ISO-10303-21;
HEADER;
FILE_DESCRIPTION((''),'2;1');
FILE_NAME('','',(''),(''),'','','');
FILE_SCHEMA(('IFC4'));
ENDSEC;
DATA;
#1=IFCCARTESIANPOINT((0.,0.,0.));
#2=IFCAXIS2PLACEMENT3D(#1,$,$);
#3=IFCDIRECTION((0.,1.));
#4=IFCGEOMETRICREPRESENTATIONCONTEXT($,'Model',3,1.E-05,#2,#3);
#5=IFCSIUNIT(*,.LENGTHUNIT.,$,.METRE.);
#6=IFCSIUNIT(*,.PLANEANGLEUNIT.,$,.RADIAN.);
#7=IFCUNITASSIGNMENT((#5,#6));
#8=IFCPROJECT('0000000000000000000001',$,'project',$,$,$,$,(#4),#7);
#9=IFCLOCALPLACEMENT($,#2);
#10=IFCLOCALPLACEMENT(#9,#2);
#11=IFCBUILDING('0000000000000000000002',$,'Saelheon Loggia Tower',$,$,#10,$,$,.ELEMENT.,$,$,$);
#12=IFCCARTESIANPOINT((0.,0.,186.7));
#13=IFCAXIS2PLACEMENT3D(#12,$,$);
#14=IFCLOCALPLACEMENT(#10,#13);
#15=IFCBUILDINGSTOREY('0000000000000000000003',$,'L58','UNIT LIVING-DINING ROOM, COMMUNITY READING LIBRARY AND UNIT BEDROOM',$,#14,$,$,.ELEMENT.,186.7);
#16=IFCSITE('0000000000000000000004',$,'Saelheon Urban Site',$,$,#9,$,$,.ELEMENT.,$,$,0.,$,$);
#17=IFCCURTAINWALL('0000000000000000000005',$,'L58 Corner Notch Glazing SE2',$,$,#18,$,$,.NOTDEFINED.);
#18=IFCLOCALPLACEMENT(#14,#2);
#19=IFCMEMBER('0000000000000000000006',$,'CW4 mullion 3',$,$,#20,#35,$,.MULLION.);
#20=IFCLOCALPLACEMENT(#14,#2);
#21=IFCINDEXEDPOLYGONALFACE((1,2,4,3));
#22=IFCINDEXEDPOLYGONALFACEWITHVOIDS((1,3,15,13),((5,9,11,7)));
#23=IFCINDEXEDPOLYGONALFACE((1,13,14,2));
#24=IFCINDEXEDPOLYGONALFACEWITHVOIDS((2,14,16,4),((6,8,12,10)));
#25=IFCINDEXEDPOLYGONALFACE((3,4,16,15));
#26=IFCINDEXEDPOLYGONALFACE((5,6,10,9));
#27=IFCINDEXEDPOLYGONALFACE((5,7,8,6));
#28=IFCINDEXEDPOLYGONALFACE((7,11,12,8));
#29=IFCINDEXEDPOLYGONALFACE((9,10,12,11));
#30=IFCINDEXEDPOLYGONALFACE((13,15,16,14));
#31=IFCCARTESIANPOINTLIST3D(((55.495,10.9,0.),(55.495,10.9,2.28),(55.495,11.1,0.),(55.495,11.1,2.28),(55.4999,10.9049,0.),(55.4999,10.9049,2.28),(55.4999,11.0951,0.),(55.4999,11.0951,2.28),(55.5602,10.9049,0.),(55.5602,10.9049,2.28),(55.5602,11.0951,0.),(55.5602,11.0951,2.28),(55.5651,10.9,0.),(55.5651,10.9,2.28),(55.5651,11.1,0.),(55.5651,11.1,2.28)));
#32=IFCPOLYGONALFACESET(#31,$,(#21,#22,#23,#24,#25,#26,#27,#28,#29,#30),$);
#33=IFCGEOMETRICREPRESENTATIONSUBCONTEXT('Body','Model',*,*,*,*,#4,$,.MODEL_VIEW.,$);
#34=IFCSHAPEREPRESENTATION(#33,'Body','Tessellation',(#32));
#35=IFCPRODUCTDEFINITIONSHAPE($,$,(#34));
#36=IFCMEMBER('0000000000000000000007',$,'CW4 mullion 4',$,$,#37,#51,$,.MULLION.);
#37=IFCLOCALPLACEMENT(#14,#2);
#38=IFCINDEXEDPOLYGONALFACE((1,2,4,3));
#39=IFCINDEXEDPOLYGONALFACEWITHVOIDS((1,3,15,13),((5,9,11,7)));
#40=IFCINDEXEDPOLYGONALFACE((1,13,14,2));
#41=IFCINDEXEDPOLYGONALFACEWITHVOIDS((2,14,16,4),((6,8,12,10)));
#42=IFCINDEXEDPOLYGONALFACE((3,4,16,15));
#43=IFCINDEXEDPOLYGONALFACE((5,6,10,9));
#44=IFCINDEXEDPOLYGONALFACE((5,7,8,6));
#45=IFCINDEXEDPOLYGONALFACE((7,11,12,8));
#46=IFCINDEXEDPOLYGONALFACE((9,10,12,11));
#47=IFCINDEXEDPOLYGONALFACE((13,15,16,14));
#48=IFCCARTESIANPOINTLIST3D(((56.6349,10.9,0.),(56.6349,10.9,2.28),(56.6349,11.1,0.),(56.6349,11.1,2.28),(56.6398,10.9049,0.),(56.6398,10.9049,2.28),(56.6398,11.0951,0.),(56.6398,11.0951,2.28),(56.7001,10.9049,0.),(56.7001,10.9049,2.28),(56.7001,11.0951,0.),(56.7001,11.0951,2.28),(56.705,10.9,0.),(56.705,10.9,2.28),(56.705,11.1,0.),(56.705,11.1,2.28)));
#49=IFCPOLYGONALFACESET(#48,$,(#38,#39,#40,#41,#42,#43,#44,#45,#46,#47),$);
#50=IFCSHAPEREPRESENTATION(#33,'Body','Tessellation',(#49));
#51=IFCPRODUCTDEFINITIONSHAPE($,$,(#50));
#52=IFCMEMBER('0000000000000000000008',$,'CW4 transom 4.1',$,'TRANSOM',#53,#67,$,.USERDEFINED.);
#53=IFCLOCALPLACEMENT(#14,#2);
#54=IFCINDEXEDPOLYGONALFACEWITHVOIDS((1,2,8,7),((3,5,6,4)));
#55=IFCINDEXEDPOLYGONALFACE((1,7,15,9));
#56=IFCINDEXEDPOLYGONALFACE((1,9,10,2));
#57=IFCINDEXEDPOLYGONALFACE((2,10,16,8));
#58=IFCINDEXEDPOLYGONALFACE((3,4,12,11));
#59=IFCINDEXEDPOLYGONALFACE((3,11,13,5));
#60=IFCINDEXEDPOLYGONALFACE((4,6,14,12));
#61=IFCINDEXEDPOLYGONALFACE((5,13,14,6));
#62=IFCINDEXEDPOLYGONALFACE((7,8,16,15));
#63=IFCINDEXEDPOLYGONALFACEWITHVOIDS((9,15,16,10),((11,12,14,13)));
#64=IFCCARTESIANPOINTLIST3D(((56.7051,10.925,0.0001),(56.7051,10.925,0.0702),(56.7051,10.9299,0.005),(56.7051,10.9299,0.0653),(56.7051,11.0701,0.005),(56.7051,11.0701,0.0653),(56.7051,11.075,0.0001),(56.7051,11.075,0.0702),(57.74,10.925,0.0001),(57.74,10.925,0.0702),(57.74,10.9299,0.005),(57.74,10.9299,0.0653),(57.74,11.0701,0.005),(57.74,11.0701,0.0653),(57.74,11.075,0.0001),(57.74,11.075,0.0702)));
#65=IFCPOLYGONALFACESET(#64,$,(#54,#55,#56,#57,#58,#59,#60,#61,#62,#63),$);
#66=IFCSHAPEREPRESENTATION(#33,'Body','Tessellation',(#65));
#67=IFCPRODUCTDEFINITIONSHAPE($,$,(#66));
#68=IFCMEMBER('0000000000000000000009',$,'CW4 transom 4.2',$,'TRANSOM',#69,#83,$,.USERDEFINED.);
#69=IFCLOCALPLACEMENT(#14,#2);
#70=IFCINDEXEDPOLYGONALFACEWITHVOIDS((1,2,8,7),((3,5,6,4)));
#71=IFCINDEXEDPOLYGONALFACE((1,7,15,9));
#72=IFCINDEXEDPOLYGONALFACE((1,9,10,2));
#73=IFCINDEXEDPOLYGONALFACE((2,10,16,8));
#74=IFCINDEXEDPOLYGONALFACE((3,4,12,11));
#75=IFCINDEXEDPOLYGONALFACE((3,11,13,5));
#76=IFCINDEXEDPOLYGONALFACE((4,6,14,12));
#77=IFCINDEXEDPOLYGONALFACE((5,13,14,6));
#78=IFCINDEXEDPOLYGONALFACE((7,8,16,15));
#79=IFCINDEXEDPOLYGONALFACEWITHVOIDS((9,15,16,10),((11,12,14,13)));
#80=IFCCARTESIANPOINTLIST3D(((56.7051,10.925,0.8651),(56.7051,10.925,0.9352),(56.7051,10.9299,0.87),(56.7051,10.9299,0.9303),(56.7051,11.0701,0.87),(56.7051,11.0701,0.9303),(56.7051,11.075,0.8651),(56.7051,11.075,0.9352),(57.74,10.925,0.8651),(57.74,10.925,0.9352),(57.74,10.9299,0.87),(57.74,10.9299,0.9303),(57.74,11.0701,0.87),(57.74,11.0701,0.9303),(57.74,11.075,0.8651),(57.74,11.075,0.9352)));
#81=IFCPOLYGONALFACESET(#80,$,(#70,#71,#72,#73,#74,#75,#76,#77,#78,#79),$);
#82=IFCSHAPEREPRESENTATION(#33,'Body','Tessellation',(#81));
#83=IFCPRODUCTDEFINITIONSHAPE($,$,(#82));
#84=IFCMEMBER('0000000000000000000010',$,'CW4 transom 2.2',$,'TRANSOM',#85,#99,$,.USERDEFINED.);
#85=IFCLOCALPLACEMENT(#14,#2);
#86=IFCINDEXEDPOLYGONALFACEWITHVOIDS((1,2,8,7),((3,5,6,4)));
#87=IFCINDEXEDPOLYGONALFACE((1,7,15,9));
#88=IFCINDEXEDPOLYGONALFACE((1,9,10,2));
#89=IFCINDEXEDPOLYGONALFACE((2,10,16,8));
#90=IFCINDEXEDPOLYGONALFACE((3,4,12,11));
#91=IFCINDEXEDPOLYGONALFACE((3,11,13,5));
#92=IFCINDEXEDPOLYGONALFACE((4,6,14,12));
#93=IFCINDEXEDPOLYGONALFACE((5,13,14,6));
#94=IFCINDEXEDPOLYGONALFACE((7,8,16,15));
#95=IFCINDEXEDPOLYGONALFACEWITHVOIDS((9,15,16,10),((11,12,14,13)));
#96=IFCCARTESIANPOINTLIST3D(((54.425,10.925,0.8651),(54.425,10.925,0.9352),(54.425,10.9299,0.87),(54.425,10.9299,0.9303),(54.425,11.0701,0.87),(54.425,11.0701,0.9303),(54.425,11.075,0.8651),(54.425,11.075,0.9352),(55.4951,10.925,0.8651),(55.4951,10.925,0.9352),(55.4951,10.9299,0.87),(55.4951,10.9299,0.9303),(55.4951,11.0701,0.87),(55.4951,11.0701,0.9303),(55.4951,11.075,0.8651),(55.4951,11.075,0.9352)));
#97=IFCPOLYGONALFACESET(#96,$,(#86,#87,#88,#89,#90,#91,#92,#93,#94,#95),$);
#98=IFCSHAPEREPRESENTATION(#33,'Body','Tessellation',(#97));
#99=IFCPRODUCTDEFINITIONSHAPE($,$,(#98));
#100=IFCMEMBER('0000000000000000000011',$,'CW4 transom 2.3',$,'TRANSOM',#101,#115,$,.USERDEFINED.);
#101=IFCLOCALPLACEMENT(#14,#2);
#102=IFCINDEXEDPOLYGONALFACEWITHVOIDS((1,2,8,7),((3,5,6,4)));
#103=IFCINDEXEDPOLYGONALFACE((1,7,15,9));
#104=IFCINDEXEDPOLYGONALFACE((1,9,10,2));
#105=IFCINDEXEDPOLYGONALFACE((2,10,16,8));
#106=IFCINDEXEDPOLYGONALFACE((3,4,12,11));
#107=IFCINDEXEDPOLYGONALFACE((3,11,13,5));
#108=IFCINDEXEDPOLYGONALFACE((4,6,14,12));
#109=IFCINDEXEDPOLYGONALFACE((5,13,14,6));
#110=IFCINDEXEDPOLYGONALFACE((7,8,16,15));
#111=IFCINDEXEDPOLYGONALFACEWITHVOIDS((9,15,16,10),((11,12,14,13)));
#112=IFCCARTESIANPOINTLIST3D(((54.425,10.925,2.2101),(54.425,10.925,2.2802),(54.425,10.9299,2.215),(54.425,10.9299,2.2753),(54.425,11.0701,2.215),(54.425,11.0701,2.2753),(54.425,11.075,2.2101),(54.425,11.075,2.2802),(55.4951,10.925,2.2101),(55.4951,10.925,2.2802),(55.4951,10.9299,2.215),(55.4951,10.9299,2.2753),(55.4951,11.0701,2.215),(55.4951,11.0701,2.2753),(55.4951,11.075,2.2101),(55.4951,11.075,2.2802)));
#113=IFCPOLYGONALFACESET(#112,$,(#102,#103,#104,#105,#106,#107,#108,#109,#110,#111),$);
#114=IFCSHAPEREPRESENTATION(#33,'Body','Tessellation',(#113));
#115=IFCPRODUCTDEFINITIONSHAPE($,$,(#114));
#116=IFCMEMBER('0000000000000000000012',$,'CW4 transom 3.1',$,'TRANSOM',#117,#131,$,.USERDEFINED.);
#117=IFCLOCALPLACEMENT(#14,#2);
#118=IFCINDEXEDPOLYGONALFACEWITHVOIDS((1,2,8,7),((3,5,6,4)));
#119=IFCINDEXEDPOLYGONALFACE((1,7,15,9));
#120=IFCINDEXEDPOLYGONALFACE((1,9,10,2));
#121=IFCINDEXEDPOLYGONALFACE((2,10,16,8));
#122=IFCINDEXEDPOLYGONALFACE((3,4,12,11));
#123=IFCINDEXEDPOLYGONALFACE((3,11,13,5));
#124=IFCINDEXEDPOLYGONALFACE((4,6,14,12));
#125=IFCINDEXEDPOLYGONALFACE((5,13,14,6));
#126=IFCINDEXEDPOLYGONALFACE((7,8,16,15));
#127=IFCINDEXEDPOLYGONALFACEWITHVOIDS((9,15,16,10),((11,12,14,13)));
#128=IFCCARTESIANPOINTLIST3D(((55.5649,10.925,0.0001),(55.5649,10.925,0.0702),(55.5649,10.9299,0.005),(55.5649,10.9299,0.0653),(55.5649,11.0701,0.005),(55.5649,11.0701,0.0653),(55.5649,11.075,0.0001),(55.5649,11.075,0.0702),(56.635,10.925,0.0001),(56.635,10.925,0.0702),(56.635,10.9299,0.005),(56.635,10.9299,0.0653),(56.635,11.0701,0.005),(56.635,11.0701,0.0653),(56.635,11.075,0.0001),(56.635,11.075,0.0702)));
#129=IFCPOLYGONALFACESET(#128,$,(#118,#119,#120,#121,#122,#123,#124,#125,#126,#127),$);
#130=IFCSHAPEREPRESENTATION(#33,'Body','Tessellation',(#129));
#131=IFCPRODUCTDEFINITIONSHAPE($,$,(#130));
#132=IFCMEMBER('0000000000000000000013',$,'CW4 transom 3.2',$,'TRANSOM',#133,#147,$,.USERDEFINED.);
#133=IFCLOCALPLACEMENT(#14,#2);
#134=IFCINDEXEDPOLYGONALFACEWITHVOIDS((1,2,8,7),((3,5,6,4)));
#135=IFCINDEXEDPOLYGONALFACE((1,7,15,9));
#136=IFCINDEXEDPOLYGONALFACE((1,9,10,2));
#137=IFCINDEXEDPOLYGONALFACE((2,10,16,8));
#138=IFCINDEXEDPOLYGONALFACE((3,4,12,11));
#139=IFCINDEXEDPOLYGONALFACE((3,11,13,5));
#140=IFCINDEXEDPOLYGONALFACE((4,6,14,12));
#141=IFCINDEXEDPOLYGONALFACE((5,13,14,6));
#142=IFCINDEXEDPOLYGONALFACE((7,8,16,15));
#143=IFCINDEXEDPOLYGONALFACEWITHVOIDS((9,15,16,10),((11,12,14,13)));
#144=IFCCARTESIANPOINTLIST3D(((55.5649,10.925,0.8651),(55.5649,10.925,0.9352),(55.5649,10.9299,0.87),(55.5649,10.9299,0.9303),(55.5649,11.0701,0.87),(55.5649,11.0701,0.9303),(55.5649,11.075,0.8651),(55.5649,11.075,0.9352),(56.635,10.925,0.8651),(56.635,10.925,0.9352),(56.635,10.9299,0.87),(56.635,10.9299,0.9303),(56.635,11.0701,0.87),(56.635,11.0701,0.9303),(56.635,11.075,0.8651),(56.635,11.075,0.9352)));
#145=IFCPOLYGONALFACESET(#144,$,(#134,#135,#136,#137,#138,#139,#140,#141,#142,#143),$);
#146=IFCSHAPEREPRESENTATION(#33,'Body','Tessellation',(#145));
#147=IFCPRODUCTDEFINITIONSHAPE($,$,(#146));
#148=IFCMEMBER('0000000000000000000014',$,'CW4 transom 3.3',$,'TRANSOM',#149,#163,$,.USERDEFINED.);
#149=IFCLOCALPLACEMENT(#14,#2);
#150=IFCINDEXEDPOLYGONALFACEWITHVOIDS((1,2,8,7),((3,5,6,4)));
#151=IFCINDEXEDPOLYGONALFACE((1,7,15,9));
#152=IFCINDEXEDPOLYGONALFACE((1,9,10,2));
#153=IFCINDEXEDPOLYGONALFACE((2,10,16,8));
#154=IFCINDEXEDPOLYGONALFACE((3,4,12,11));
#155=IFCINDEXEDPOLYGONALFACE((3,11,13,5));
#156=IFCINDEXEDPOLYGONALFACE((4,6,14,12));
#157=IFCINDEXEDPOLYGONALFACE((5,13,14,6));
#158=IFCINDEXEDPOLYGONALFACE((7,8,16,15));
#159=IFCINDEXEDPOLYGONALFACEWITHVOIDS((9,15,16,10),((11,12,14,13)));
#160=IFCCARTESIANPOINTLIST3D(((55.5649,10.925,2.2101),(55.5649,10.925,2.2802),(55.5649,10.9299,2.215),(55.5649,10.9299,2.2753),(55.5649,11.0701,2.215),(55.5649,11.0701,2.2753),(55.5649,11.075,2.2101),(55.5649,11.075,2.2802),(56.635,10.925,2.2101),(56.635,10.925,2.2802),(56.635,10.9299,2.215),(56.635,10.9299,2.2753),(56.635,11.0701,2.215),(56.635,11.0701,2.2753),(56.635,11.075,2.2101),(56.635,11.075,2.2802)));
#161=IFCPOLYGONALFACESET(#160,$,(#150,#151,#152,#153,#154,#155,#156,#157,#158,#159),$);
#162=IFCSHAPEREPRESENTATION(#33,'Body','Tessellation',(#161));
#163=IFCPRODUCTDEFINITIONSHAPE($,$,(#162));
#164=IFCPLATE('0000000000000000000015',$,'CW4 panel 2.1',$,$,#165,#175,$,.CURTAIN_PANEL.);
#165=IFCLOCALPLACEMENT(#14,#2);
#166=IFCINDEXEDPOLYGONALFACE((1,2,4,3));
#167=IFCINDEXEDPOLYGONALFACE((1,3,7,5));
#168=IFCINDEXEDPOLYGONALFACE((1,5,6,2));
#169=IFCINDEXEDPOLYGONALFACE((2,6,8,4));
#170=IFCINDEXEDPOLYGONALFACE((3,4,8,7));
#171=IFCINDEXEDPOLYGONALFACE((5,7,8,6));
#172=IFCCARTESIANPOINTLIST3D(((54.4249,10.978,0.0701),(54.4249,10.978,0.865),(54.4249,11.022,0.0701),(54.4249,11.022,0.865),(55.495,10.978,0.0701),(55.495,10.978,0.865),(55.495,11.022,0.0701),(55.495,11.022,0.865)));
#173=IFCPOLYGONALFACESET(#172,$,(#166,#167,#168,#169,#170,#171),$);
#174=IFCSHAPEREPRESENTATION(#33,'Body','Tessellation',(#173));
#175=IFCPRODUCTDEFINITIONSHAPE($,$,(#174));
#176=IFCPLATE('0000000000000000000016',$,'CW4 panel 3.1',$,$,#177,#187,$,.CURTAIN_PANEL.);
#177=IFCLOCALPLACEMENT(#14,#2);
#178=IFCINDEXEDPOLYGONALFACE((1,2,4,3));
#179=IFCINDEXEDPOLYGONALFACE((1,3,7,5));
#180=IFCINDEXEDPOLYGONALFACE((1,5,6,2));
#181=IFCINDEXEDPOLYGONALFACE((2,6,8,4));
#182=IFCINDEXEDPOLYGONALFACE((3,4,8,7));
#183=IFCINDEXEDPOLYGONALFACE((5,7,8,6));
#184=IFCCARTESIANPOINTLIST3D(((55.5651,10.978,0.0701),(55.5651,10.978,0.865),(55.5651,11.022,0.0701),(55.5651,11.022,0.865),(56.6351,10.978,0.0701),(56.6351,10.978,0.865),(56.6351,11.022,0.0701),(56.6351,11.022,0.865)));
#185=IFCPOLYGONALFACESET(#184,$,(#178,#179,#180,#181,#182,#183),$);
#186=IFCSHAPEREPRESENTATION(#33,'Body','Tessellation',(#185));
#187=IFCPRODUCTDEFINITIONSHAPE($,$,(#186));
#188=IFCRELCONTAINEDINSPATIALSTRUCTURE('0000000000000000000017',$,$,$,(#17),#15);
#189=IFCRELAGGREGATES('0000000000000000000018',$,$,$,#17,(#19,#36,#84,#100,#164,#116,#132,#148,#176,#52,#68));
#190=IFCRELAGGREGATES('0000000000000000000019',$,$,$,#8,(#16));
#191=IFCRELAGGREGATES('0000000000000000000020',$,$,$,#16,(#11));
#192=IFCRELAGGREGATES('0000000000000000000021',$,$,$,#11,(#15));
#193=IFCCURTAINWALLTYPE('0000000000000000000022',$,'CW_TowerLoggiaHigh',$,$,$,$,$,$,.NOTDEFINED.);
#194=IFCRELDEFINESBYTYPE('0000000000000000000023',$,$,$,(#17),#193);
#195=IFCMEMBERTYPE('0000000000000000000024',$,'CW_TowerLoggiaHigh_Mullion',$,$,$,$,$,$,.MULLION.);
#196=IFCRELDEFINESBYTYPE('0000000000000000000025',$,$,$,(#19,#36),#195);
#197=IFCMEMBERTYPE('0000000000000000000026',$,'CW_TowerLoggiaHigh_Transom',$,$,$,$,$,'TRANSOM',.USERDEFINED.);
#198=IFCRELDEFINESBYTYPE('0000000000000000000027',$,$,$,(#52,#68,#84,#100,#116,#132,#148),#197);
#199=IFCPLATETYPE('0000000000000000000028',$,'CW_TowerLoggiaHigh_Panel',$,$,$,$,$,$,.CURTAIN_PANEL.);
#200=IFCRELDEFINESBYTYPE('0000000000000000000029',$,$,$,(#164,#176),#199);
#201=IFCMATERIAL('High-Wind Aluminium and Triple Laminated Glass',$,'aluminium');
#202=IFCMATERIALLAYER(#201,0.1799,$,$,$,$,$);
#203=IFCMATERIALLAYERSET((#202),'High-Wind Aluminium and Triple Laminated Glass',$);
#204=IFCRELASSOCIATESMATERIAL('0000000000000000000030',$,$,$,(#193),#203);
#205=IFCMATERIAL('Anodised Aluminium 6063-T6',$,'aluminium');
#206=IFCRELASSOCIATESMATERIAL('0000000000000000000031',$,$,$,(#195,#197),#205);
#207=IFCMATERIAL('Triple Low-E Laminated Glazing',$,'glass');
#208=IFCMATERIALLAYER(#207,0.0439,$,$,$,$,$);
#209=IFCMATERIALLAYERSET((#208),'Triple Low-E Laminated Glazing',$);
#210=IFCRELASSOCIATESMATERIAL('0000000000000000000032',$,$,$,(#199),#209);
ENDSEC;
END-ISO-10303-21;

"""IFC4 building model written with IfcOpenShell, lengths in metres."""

from ifc_helpers import new_model, si_unit, direction, frame, origin, origin_2d, place, context, subcontext, project, spatial, rectangle, hollow_rectangle, extrude, source, transform, mapped, material, layer, layer_set, material_profile, profile_set, type_object, element, aggregate, save


model = new_model("IFC4")

# Units and contexts
model_context = context("Model", 3, precision=1e-05, world=origin(), true_north=direction((0.0, 1.0)))
body_context = subcontext(model_context, "Body", "Model", "MODEL_VIEW")
ifc_project = project(units=[si_unit("LENGTHUNIT", "METRE"), si_unit("PLANEANGLEUNIT", "RADIAN")], contexts=[model_context])

# Site, building, storey
site_placement = place(None, origin())
site = spatial("IfcSite", under=ifc_project, at=site_placement, Name="Saelheon Urban Site", CompositionType="ELEMENT", RefElevation=0.0)
building_placement = place(site_placement, origin())
building = spatial("IfcBuilding", under=site, at=building_placement, Name="Saelheon Loggia Tower", CompositionType="ELEMENT")
storey_placement = place(building_placement, frame((0.0, 0.0, 186.7)))
storey = spatial("IfcBuildingStorey", under=building, at=storey_placement, Name="L58", Description="UNIT LIVING-DINING ROOM, COMMUNITY READING LIBRARY AND UNIT BEDROOM", CompositionType="ELEMENT", Elevation=186.7)

# Curtain wall, members, plates
ifc_material_1 = material(Name="High-Wind Aluminium and Triple Laminated Glass", Category="aluminium")
ifc_layer_1 = layer(ifc_material_1, 0.1799)
ifc_layer_set_1 = layer_set([ifc_layer_1], Name="High-Wind Aluminium and Triple Laminated Glass")
curtain_wall_type = type_object("IfcCurtainWallType", Name="CW_TowerLoggiaHigh", PredefinedType="NOTDEFINED", material=ifc_layer_set_1)
curtain_wall_placement = place(storey_placement, origin())
curtain_wall = element("IfcCurtainWall", 1, at=curtain_wall_placement, inside=storey, type_object=curtain_wall_type, Name="L58 Corner Notch Glazing SE2", PredefinedType="NOTDEFINED")
ifc_material_2 = material(Name="Anodised Aluminium 6063-T6", Category="aluminium")
ifc_material_profile_1 = material_profile(ifc_material_2, hollow_rectangle(XDim=0.0701, YDim=0.2, WallThickness=0.0049, at=origin_2d()), Name="RHS-200x70x5")
ifc_profile_set_1 = profile_set([ifc_material_profile_1], Name="Anodised Aluminium 6063-T6")
member_type_1 = type_object("IfcMemberType", Name="CW_TowerLoggiaHigh_Mullion", PredefinedType="MULLION", material=ifc_profile_set_1)
shared_shape_1 = source(origin(), body_context, "Body", "SweptSolid", [
    extrude(hollow_rectangle(XDim=0.0701, YDim=0.2, WallThickness=0.0049, at=origin_2d()), origin(), (0.0, 0.0, 1.0), 2.28),
])
member_1_placement = place(storey_placement, frame((55.53, 11.0, 0.0), z_axis=(0.0, 0.0, 1.0), x_axis=(1.0, 0.0, 0.0)))
member_1 = element("IfcMember", 2, at=member_1_placement, type_object=member_type_1, Name="CW4 mullion 3", PredefinedType="MULLION", context=body_context, shape_type="MappedRepresentation", body=[
    mapped(shared_shape_1, transform((0.0, 0.0, 0.0), scale=1.0)),
])
member_2_placement = place(storey_placement, frame((56.6699, 11.0, 0.0), z_axis=(0.0, 0.0, 1.0), x_axis=(1.0, 0.0, 0.0)))
member_2 = element("IfcMember", 3, at=member_2_placement, type_object=member_type_1, Name="CW4 mullion 4", PredefinedType="MULLION", context=body_context, shape_type="MappedRepresentation", body=[
    mapped(shared_shape_1, transform((0.0, 0.0, 0.0), scale=1.0)),
])
ifc_material_profile_2 = material_profile(ifc_material_2, hollow_rectangle(XDim=0.0701, YDim=0.1499, WallThickness=0.0049, at=origin_2d()), Name="RHS-150x70x5")
ifc_profile_set_2 = profile_set([ifc_material_profile_2], Name="Anodised Aluminium 6063-T6")
member_type_2 = type_object("IfcMemberType", Name="CW_TowerLoggiaHigh_Transom", ElementType="TRANSOM", PredefinedType="USERDEFINED", material=ifc_profile_set_2)
shared_shape_2 = source(origin(), body_context, "Body", "SweptSolid", [
    extrude(hollow_rectangle(XDim=0.0701, YDim=0.1499, WallThickness=0.0049, at=origin_2d()), origin(), (0.0, 0.0, 1.0), 1.0349),
])
member_3_placement = place(storey_placement, frame((56.7051, 11.0, 0.0352), z_axis=(1.0, 0.0, 0.0), x_axis=(0.0, 0.0, 1.0)))
member_3 = element("IfcMember", 4, at=member_3_placement, type_object=member_type_2, Name="CW4 transom 4.1", ObjectType="TRANSOM", PredefinedType="USERDEFINED", context=body_context, shape_type="MappedRepresentation", body=[
    mapped(shared_shape_2, transform((0.0, 0.0, 0.0), scale=1.0)),
])
member_4_placement = place(storey_placement, frame((56.7051, 11.0, 0.9001), z_axis=(1.0, 0.0, 0.0), x_axis=(0.0, 0.0, 1.0)))
member_4 = element("IfcMember", 5, at=member_4_placement, type_object=member_type_2, Name="CW4 transom 4.2", ObjectType="TRANSOM", PredefinedType="USERDEFINED", context=body_context, shape_type="MappedRepresentation", body=[
    mapped(shared_shape_2, transform((0.0, 0.0, 0.0), scale=1.0)),
])
shared_shape_3 = source(origin(), body_context, "Body", "SweptSolid", [
    extrude(hollow_rectangle(XDim=0.0701, YDim=0.1499, WallThickness=0.0049, at=origin_2d()), origin(), (0.0, 0.0, 1.0), 1.0701),
])
member_5_placement = place(storey_placement, frame((54.425, 11.0, 0.9001), z_axis=(1.0, 0.0, 0.0), x_axis=(0.0, 0.0, 1.0)))
member_5 = element("IfcMember", 6, at=member_5_placement, type_object=member_type_2, Name="CW4 transom 2.2", ObjectType="TRANSOM", PredefinedType="USERDEFINED", context=body_context, shape_type="MappedRepresentation", body=[
    mapped(shared_shape_3, transform((0.0, 0.0, 0.0), scale=1.0)),
])
member_6_placement = place(storey_placement, frame((54.425, 11.0, 2.2451), z_axis=(1.0, 0.0, 0.0), x_axis=(0.0, 0.0, 1.0)))
member_6 = element("IfcMember", 7, at=member_6_placement, type_object=member_type_2, Name="CW4 transom 2.3", ObjectType="TRANSOM", PredefinedType="USERDEFINED", context=body_context, shape_type="MappedRepresentation", body=[
    mapped(shared_shape_3, transform((0.0, 0.0, 0.0), scale=1.0)),
])
member_7_placement = place(storey_placement, frame((55.5649, 11.0, 0.0352), z_axis=(1.0, 0.0, 0.0), x_axis=(0.0, 0.0, 1.0)))
member_7 = element("IfcMember", 8, at=member_7_placement, type_object=member_type_2, Name="CW4 transom 3.1", ObjectType="TRANSOM", PredefinedType="USERDEFINED", context=body_context, shape_type="MappedRepresentation", body=[
    mapped(shared_shape_3, transform((0.0, 0.0, 0.0), scale=1.0)),
])
member_8_placement = place(storey_placement, frame((55.5649, 11.0, 0.9001), z_axis=(1.0, 0.0, 0.0), x_axis=(0.0, 0.0, 1.0)))
member_8 = element("IfcMember", 9, at=member_8_placement, type_object=member_type_2, Name="CW4 transom 3.2", ObjectType="TRANSOM", PredefinedType="USERDEFINED", context=body_context, shape_type="MappedRepresentation", body=[
    mapped(shared_shape_3, transform((0.0, 0.0, 0.0), scale=1.0)),
])
member_9_placement = place(storey_placement, frame((55.5649, 11.0, 2.2451), z_axis=(1.0, 0.0, 0.0), x_axis=(0.0, 0.0, 1.0)))
member_9 = element("IfcMember", 10, at=member_9_placement, type_object=member_type_2, Name="CW4 transom 3.3", ObjectType="TRANSOM", PredefinedType="USERDEFINED", context=body_context, shape_type="MappedRepresentation", body=[
    mapped(shared_shape_3, transform((0.0, 0.0, 0.0), scale=1.0)),
])
ifc_material_3 = material(Name="Triple Low-E Laminated Glazing", Category="glass")
ifc_layer_2 = layer(ifc_material_3, 0.0439)
ifc_layer_set_2 = layer_set([ifc_layer_2], Name="Triple Low-E Laminated Glazing")
plate_type = type_object("IfcPlateType", Name="CW_TowerLoggiaHigh_Panel", PredefinedType="CURTAIN_PANEL", material=ifc_layer_set_2)
shared_shape_4 = source(origin(), body_context, "Body", "SweptSolid", [
    extrude(rectangle(XDim=1.0701, YDim=0.0439, at=origin_2d()), origin(), (0.0, 0.0, 1.0), 0.7949),
])
plate_1_placement = place(storey_placement, frame((54.96, 11.0, 0.0701), z_axis=(0.0, 0.0, 1.0), x_axis=(1.0, 0.0, 0.0)))
plate_1 = element("IfcPlate", 11, at=plate_1_placement, type_object=plate_type, Name="CW4 panel 2.1", PredefinedType="CURTAIN_PANEL", context=body_context, shape_type="MappedRepresentation", body=[
    mapped(shared_shape_4, transform((0.0, 0.0, 0.0), scale=1.0)),
])
plate_2_placement = place(storey_placement, frame((56.1001, 11.0, 0.0701), z_axis=(0.0, 0.0, 1.0), x_axis=(1.0, 0.0, 0.0)))
plate_2 = element("IfcPlate", 12, at=plate_2_placement, type_object=plate_type, Name="CW4 panel 3.1", PredefinedType="CURTAIN_PANEL", context=body_context, shape_type="MappedRepresentation", body=[
    mapped(shared_shape_4, transform((0.0, 0.0, 0.0), scale=1.0)),
])
aggregate(curtain_wall, [member_1, member_2, member_5, member_6, plate_1, member_7, member_8, member_9, plate_2, member_3, member_4])

save(model, "model.ifc")
